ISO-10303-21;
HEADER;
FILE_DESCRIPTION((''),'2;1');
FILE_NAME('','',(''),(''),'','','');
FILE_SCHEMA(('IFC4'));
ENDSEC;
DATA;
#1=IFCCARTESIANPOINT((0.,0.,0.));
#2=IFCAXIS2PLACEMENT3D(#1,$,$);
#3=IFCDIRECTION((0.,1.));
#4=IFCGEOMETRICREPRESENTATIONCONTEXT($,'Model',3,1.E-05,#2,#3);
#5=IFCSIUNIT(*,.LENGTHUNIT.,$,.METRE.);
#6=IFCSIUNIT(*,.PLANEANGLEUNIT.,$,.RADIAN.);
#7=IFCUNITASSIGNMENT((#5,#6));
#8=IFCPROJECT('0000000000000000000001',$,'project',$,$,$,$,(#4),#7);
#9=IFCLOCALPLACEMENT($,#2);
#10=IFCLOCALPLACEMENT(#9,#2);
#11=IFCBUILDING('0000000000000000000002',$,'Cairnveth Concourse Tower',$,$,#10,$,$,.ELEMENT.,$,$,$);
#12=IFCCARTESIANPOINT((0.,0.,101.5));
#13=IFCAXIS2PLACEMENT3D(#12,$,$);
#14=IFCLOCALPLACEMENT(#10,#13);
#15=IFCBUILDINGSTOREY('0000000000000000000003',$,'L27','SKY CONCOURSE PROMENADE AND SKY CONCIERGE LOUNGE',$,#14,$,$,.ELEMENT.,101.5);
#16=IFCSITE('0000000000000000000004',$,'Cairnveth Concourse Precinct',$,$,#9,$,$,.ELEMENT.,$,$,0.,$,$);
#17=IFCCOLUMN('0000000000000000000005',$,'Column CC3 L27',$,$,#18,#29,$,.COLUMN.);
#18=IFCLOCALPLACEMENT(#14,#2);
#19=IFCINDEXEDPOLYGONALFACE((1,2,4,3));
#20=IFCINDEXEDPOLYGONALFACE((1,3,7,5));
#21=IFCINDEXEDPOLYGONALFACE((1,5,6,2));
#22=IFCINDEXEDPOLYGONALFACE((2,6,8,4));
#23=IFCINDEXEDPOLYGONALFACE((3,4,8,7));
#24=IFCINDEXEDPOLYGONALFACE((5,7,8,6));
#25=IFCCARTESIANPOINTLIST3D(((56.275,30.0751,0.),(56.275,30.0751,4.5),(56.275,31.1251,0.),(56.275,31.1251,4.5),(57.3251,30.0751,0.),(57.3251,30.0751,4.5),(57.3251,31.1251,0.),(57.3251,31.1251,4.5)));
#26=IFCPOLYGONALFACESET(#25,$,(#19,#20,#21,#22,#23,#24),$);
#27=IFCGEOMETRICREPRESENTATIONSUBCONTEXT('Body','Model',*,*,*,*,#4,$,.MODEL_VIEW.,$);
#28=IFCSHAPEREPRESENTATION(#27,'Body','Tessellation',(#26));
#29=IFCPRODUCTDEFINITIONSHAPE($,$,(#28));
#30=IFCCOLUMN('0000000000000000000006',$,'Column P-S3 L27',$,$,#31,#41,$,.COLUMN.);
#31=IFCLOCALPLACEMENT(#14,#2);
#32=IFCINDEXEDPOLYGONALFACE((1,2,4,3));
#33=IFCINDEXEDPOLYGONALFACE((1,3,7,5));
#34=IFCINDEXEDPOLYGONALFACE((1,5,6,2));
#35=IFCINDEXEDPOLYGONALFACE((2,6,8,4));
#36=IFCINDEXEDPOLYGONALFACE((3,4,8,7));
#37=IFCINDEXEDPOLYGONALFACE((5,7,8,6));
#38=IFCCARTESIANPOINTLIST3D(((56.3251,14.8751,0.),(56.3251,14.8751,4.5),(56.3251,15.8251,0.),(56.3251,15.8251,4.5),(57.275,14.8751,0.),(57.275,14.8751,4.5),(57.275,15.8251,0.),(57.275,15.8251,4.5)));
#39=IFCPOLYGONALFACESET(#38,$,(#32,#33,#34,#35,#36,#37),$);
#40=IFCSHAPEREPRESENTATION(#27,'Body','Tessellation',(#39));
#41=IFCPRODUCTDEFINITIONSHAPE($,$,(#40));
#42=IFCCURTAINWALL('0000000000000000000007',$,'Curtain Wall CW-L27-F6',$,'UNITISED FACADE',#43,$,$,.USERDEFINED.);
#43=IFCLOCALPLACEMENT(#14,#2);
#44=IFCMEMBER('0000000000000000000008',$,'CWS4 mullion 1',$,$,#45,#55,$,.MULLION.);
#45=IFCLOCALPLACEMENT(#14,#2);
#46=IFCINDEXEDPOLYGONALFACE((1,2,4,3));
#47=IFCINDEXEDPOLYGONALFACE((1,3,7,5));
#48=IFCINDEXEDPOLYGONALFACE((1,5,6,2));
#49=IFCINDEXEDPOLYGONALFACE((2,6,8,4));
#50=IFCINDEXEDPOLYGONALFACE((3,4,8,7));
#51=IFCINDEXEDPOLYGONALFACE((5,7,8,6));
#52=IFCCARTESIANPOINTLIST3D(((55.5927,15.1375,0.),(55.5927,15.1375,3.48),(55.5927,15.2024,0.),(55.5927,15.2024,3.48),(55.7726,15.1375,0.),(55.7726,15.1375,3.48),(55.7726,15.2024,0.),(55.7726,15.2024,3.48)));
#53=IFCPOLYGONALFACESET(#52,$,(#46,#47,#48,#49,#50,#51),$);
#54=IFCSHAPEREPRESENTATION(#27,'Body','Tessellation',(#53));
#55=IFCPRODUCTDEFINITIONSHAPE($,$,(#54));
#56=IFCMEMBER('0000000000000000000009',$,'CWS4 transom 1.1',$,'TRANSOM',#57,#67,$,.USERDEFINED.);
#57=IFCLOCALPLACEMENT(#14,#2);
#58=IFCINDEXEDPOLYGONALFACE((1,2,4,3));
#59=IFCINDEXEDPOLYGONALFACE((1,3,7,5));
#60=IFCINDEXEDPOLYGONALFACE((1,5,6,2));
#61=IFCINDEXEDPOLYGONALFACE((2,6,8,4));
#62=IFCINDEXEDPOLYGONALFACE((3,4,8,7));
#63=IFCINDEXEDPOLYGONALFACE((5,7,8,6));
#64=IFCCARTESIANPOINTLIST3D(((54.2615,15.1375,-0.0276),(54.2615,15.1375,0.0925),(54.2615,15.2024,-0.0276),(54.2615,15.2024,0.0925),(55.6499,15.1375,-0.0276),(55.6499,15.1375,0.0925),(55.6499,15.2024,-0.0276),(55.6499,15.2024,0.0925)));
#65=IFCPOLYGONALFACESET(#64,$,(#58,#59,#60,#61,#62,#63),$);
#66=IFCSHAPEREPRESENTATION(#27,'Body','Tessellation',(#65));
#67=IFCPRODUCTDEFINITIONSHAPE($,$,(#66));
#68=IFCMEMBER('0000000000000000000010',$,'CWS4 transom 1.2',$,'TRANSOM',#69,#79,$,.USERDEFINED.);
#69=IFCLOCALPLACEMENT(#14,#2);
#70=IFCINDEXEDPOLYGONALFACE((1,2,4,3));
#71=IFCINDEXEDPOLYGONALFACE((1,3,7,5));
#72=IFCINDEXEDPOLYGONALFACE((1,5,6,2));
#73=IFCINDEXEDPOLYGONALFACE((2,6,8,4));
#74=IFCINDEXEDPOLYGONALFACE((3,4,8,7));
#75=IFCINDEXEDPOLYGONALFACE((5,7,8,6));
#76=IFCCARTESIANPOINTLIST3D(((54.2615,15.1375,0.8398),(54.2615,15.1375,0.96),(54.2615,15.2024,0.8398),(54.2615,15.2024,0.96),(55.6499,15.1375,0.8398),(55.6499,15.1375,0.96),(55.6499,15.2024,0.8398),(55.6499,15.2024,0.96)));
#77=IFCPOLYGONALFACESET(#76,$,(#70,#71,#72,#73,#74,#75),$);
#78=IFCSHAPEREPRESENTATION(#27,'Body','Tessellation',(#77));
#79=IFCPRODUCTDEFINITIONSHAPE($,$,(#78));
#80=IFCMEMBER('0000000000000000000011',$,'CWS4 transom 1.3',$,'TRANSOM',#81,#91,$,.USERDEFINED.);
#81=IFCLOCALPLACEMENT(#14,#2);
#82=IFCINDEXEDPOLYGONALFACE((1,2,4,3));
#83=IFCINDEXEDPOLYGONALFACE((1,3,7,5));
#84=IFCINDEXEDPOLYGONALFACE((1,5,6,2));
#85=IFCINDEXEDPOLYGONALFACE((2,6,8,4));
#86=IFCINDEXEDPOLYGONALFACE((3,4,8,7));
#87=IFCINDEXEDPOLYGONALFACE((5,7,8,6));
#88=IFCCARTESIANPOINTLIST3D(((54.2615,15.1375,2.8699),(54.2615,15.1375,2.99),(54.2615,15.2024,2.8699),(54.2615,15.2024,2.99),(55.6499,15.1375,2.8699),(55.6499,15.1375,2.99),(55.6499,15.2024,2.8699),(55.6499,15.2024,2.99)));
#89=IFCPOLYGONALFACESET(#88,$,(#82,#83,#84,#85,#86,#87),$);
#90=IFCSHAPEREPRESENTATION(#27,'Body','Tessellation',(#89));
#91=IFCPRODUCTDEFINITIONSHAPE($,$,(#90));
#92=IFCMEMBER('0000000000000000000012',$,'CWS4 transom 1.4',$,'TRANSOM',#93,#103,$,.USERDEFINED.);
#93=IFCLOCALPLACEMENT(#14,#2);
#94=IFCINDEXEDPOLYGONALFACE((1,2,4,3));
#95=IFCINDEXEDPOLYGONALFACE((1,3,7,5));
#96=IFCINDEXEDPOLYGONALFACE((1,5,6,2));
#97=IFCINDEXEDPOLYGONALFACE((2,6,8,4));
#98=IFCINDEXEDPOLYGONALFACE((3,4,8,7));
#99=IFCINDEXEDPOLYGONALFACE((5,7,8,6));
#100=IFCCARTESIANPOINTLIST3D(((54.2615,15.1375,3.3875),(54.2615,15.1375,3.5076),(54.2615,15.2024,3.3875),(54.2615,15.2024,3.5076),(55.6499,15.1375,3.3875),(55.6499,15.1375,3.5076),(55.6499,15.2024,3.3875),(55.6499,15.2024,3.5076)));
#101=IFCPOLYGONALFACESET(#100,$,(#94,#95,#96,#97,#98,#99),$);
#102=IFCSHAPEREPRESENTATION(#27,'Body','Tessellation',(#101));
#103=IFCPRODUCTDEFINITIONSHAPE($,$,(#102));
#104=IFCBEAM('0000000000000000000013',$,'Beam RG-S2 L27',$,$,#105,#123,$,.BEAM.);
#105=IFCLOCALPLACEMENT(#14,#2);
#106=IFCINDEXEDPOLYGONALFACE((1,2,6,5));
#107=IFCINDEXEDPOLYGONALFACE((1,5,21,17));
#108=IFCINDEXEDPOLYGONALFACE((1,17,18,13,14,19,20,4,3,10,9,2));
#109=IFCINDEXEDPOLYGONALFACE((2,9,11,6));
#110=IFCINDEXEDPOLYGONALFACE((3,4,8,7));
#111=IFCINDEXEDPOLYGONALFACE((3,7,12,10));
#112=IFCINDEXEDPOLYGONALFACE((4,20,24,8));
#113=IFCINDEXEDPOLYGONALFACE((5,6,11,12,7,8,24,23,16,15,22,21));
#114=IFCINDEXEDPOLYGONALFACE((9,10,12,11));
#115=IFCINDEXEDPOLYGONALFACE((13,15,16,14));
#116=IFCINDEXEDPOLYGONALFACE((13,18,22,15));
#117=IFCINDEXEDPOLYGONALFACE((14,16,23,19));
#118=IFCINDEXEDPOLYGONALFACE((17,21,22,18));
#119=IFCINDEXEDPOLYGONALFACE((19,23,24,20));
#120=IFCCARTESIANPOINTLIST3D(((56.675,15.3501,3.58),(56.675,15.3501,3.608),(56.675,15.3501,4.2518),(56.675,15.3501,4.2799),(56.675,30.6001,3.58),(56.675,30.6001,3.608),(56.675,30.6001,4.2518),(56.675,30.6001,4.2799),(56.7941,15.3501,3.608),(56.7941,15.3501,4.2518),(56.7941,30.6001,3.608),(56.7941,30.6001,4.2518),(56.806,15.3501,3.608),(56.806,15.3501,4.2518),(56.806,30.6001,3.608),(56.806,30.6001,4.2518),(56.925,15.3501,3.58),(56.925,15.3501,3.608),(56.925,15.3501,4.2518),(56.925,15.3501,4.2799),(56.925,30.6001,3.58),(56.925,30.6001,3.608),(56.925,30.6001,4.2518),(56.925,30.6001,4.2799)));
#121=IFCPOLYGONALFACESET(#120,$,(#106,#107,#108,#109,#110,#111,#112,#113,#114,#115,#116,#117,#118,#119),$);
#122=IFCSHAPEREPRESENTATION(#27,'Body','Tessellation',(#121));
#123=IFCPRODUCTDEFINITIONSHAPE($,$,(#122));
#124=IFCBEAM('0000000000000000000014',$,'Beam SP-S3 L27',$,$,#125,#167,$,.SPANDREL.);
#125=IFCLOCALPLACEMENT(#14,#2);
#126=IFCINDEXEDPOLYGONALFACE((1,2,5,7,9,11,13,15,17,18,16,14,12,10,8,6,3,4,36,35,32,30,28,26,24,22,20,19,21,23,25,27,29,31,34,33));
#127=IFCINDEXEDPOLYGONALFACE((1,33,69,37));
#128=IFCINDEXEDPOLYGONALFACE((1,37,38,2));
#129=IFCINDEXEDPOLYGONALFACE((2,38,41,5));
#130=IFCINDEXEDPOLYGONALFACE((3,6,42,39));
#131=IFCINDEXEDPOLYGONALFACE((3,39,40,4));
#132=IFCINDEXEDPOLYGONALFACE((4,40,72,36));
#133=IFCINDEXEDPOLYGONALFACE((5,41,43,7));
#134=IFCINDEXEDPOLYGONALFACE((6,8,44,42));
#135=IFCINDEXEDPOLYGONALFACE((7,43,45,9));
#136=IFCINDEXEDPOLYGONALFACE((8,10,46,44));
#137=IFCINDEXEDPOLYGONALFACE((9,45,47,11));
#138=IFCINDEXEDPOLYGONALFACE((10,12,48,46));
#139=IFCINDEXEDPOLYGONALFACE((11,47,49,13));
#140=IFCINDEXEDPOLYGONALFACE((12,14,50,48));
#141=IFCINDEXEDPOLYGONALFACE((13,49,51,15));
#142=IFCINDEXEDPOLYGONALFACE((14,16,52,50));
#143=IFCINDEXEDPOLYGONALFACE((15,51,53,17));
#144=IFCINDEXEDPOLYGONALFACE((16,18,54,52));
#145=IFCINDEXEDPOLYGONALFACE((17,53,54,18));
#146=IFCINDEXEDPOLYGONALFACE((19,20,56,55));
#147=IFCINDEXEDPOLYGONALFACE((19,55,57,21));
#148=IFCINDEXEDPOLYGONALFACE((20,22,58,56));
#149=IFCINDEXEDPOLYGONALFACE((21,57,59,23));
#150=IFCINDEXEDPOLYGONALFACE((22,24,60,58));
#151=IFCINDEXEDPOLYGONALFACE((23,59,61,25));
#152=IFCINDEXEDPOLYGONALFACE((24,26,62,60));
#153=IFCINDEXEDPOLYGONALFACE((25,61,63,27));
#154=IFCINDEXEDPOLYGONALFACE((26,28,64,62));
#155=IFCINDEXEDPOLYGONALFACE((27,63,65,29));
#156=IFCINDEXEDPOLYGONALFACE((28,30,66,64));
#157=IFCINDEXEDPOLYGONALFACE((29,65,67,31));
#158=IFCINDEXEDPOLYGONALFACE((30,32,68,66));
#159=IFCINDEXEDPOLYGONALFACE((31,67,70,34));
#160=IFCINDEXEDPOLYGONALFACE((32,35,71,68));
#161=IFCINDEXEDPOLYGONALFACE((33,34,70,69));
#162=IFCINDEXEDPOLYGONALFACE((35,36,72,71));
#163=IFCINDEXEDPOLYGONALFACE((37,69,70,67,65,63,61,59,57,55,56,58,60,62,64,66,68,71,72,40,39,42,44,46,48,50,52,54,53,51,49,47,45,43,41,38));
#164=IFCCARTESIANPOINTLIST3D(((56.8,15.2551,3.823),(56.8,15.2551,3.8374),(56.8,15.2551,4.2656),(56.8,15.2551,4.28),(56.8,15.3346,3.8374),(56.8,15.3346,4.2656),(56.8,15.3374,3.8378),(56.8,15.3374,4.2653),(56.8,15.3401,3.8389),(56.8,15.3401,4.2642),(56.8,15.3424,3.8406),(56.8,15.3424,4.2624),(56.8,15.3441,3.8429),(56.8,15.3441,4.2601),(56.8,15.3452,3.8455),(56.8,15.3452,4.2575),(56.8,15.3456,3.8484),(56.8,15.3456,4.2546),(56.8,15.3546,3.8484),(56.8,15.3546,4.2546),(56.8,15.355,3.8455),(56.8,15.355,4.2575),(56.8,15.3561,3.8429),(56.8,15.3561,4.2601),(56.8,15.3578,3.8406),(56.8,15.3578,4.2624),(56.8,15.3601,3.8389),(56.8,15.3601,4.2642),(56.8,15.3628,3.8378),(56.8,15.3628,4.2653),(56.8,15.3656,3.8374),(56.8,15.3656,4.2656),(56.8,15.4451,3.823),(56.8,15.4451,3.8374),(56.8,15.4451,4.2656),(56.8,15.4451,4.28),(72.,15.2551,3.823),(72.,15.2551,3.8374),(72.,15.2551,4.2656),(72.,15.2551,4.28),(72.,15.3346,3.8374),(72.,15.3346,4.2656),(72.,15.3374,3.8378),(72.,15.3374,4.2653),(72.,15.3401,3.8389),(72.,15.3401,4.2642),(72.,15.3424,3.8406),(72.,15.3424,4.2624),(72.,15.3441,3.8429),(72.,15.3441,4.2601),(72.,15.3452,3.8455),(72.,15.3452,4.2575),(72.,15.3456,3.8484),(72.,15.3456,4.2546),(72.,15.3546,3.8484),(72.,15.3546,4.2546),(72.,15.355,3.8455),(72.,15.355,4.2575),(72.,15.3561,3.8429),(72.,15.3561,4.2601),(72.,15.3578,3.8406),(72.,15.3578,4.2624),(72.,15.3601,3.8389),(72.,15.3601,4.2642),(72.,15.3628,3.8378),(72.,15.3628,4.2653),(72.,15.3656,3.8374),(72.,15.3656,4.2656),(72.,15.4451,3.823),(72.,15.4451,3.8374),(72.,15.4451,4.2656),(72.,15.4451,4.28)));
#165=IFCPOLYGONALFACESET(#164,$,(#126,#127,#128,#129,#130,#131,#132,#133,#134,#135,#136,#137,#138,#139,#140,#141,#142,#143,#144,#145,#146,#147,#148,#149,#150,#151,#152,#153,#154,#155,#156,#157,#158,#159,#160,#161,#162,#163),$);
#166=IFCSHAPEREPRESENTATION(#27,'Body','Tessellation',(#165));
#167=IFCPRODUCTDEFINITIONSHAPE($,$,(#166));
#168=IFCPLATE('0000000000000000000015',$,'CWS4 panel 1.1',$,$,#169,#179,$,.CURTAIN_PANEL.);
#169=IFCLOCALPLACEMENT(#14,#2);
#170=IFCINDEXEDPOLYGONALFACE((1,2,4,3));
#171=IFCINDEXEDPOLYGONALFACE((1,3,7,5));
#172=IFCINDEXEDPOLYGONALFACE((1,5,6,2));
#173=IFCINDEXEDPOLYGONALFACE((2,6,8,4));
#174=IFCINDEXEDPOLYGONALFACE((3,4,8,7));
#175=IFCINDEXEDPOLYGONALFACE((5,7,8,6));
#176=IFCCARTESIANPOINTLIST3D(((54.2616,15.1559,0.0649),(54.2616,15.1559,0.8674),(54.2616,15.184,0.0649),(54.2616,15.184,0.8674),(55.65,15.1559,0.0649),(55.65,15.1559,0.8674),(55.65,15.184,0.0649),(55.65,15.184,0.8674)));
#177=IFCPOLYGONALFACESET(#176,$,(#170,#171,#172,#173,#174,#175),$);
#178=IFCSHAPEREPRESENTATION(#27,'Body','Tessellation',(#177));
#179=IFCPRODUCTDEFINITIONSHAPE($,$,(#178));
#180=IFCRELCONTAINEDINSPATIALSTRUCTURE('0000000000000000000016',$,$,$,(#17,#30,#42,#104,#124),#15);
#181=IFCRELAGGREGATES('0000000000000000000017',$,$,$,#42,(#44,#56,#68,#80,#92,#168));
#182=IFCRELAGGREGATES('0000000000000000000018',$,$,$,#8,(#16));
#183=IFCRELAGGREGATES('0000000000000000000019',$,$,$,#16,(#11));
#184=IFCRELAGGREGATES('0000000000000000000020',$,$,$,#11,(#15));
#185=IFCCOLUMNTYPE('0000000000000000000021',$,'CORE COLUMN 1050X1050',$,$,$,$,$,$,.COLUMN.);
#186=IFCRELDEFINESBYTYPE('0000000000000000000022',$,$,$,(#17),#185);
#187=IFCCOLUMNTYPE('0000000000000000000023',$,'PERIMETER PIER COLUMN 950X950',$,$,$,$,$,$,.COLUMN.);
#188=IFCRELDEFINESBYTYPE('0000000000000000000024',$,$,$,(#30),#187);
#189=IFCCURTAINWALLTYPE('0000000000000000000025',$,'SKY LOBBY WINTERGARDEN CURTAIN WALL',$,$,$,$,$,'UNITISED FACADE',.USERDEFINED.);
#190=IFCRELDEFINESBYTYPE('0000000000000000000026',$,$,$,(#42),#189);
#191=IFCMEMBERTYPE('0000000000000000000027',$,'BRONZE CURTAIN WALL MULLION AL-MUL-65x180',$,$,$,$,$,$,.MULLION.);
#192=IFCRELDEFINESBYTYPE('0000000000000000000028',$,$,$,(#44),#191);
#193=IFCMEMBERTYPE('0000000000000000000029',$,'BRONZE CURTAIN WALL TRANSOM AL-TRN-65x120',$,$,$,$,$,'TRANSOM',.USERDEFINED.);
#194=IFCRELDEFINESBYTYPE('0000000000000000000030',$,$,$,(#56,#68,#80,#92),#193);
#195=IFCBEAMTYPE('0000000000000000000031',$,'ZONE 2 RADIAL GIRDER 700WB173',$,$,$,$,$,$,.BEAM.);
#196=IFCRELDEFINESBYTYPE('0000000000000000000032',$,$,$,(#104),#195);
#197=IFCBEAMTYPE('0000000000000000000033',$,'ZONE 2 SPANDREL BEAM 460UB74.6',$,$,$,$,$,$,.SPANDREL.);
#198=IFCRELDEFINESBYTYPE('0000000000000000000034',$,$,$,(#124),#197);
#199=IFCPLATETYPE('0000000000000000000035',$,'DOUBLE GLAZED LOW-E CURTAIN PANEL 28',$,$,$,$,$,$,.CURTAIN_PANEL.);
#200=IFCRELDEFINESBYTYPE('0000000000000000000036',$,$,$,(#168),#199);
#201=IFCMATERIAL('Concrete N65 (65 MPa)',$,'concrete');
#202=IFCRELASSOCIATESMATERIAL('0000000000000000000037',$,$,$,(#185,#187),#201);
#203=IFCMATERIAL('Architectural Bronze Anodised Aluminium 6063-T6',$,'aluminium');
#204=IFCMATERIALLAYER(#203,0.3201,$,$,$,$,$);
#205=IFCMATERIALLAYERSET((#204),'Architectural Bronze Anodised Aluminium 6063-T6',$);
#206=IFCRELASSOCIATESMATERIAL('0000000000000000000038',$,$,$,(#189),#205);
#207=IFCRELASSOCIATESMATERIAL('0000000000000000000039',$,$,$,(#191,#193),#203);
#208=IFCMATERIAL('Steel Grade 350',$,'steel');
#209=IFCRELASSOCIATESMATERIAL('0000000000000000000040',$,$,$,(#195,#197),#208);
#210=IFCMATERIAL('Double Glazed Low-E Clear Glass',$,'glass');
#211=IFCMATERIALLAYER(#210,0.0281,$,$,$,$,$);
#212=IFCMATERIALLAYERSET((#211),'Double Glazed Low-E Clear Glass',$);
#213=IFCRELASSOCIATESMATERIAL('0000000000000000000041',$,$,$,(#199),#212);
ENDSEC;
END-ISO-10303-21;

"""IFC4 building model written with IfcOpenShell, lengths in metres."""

from ifc_helpers import new_model, si_unit, direction, frame, origin, origin_2d, place, context, subcontext, project, spatial, rectangle, i_section, extrude, material, layer, layer_set, material_profile, profile_set, type_object, element, aggregate, save


model = new_model("IFC4")

# Units and contexts
model_context = context("Model", 3, precision=1e-05, world=origin(), true_north=direction((0.0, 1.0)))
body_context = subcontext(model_context, "Body", "Model", "MODEL_VIEW")
ifc_project = project(units=[si_unit("LENGTHUNIT", "METRE"), si_unit("PLANEANGLEUNIT", "RADIAN")], contexts=[model_context])

# Site, building, storey
site_placement = place(None, origin())
site = spatial("IfcSite", under=ifc_project, at=site_placement, Name="Cairnveth Concourse Precinct", CompositionType="ELEMENT", RefElevation=0.0)
building_placement = place(site_placement, origin())
building = spatial("IfcBuilding", under=site, at=building_placement, Name="Cairnveth Concourse Tower", CompositionType="ELEMENT")
storey_placement = place(building_placement, frame((0.0, 0.0, 101.5)))
storey = spatial("IfcBuildingStorey", under=building, at=storey_placement, Name="L27", Description="SKY CONCOURSE PROMENADE AND SKY CONCIERGE LOUNGE", CompositionType="ELEMENT", Elevation=101.5)

# Columns
ifc_material_1 = material(Name="Concrete N65 (65 MPa)", Category="concrete")
ifc_material_profile_1 = material_profile(ifc_material_1, rectangle(XDim=1.05, YDim=1.05, at=origin_2d()), Name="RC-COL-1050x1050")
ifc_profile_set_1 = profile_set([ifc_material_profile_1], Name="Concrete N65 (65 MPa)")
column_type_1 = type_object("IfcColumnType", Name="CORE COLUMN 1050X1050", PredefinedType="COLUMN", material=ifc_profile_set_1)
column_1_placement = place(storey_placement, frame((56.8, 30.6001, 0.0), z_axis=(0.0, 0.0, 1.0), x_axis=(1.0, 0.0, 0.0)))
element("IfcColumn", 1, at=column_1_placement, inside=storey, type_object=column_type_1, Name="Column CC3 L27", PredefinedType="COLUMN", context=body_context, shape_type="SweptSolid", body=[
    extrude(rectangle(XDim=1.05, YDim=1.05, at=origin_2d()), origin(), (0.0, 0.0, 1.0), 4.5),
])
ifc_material_profile_2 = material_profile(ifc_material_1, rectangle(XDim=0.95, YDim=0.95, at=origin_2d()), Name="RC-COL-950x950")
ifc_profile_set_2 = profile_set([ifc_material_profile_2], Name="Concrete N65 (65 MPa)")
column_type_2 = type_object("IfcColumnType", Name="PERIMETER PIER COLUMN 950X950", PredefinedType="COLUMN", material=ifc_profile_set_2)
column_2_placement = place(storey_placement, frame((56.8, 15.3501, 0.0), z_axis=(0.0, 0.0, 1.0), x_axis=(1.0, 0.0, 0.0)))
element("IfcColumn", 2, at=column_2_placement, inside=storey, type_object=column_type_2, Name="Column P-S3 L27", PredefinedType="COLUMN", context=body_context, shape_type="SweptSolid", body=[
    extrude(rectangle(XDim=0.95, YDim=0.95, at=origin_2d()), origin(), (0.0, 0.0, 1.0), 4.5),
])

# Curtain wall, members
ifc_material_2 = material(Name="Architectural Bronze Anodised Aluminium 6063-T6", Category="aluminium")
ifc_layer_1 = layer(ifc_material_2, 0.3201)
ifc_layer_set_1 = layer_set([ifc_layer_1], Name="Architectural Bronze Anodised Aluminium 6063-T6")
curtain_wall_type = type_object("IfcCurtainWallType", Name="SKY LOBBY WINTERGARDEN CURTAIN WALL", ElementType="UNITISED FACADE", PredefinedType="USERDEFINED", material=ifc_layer_set_1)
curtain_wall_placement = place(storey_placement, origin())
curtain_wall = element("IfcCurtainWall", 3, at=curtain_wall_placement, inside=storey, type_object=curtain_wall_type, Name="Curtain Wall CW-L27-F6", ObjectType="UNITISED FACADE", PredefinedType="USERDEFINED")
ifc_material_profile_3 = material_profile(ifc_material_2, rectangle(XDim=0.0649, YDim=0.1799, at=origin_2d()), Name="AL-MUL-65x180")
ifc_profile_set_3 = profile_set([ifc_material_profile_3], Name="Architectural Bronze Anodised Aluminium 6063-T6")
member_type_1 = type_object("IfcMemberType", Name="BRONZE CURTAIN WALL MULLION AL-MUL-65x180", PredefinedType="MULLION", material=ifc_profile_set_3)
member_1_placement = place(storey_placement, frame((55.6826, 15.1699, 0.0), z_axis=(0.0, 0.0, 1.0), x_axis=(0.0, -1.0, 0.0)))
member_1 = element("IfcMember", 4, at=member_1_placement, type_object=member_type_1, Name="CWS4 mullion 1", PredefinedType="MULLION", context=body_context, shape_type="SweptSolid", body=[
    extrude(rectangle(XDim=0.0649, YDim=0.1799, at=origin_2d()), origin(), (0.0, 0.0, 1.0), 3.48),
])
ifc_material_profile_4 = material_profile(ifc_material_2, rectangle(XDim=0.0649, YDim=0.1201, at=origin_2d()), Name="AL-TRN-65x120")
ifc_profile_set_4 = profile_set([ifc_material_profile_4], Name="Architectural Bronze Anodised Aluminium 6063-T6")
member_type_2 = type_object("IfcMemberType", Name="BRONZE CURTAIN WALL TRANSOM AL-TRN-65x120", ElementType="TRANSOM", PredefinedType="USERDEFINED", material=ifc_profile_set_4)
member_2_placement = place(storey_placement, frame((55.6499, 15.1699, 0.0325), z_axis=(-1.0, 0.0, 0.0), x_axis=(0.0, -1.0, 0.0)))
member_2 = element("IfcMember", 5, at=member_2_placement, type_object=member_type_2, Name="CWS4 transom 1.1", ObjectType="TRANSOM", PredefinedType="USERDEFINED", context=body_context, shape_type="SweptSolid", body=[
    extrude(rectangle(XDim=0.0649, YDim=0.1201, at=origin_2d()), origin(), (0.0, 0.0, 1.0), 1.3884),
])
member_3_placement = place(storey_placement, frame((55.6499, 15.1699, 0.8999), z_axis=(-1.0, 0.0, 0.0), x_axis=(0.0, -1.0, 0.0)))
member_3 = element("IfcMember", 6, at=member_3_placement, type_object=member_type_2, Name="CWS4 transom 1.2", ObjectType="TRANSOM", PredefinedType="USERDEFINED", context=body_context, shape_type="SweptSolid", body=[
    extrude(rectangle(XDim=0.0649, YDim=0.1201, at=origin_2d()), origin(), (0.0, 0.0, 1.0), 1.3884),
])
member_4_placement = place(storey_placement, frame((55.6499, 15.1699, 2.9299), z_axis=(-1.0, 0.0, 0.0), x_axis=(0.0, -1.0, 0.0)))
member_4 = element("IfcMember", 7, at=member_4_placement, type_object=member_type_2, Name="CWS4 transom 1.3", ObjectType="TRANSOM", PredefinedType="USERDEFINED", context=body_context, shape_type="SweptSolid", body=[
    extrude(rectangle(XDim=0.0649, YDim=0.1201, at=origin_2d()), origin(), (0.0, 0.0, 1.0), 1.3884),
])
member_5_placement = place(storey_placement, frame((55.6499, 15.1699, 3.4475), z_axis=(-1.0, 0.0, 0.0), x_axis=(0.0, -1.0, 0.0)))
member_5 = element("IfcMember", 8, at=member_5_placement, type_object=member_type_2, Name="CWS4 transom 1.4", ObjectType="TRANSOM", PredefinedType="USERDEFINED", context=body_context, shape_type="SweptSolid", body=[
    extrude(rectangle(XDim=0.0649, YDim=0.1201, at=origin_2d()), origin(), (0.0, 0.0, 1.0), 1.3884),
])

# Beams
ifc_material_3 = material(Name="Steel Grade 350", Category="steel")
ifc_material_profile_5 = material_profile(ifc_material_3, i_section(OverallWidth=0.25, OverallDepth=0.7, WebThickness=0.012, FlangeThickness=0.0281, at=origin_2d()), Name="700WB173")
ifc_profile_set_5 = profile_set([ifc_material_profile_5], Name="Steel Grade 350")
beam_type_1 = type_object("IfcBeamType", Name="ZONE 2 RADIAL GIRDER 700WB173", PredefinedType="BEAM", material=ifc_profile_set_5)
beam_1_placement = place(storey_placement, frame((56.8, 15.3501, 3.9299), z_axis=(0.0, 1.0, 0.0), x_axis=(-1.0, 0.0, 0.0)))
element("IfcBeam", 9, at=beam_1_placement, inside=storey, type_object=beam_type_1, Name="Beam RG-S2 L27", PredefinedType="BEAM", context=body_context, shape_type="SweptSolid", body=[
    extrude(i_section(OverallWidth=0.25, OverallDepth=0.7, WebThickness=0.012, FlangeThickness=0.0281, at=origin_2d()), origin(), (0.0, 0.0, 1.0), 15.25),
])
ifc_material_profile_6 = material_profile(ifc_material_3, i_section(OverallWidth=0.1899, OverallDepth=0.457, WebThickness=0.009, FlangeThickness=0.0144, FilletRadius=0.011, at=origin_2d()), Name="460UB74.6")
ifc_profile_set_6 = profile_set([ifc_material_profile_6], Name="Steel Grade 350")
beam_type_2 = type_object("IfcBeamType", Name="ZONE 2 SPANDREL BEAM 460UB74.6", PredefinedType="SPANDREL", material=ifc_profile_set_6)
beam_2_placement = place(storey_placement, frame((56.8, 15.3501, 4.0515), z_axis=(1.0, 0.0, 0.0), x_axis=(0.0, 1.0, 0.0)))
element("IfcBeam", 10, at=beam_2_placement, inside=storey, type_object=beam_type_2, Name="Beam SP-S3 L27", PredefinedType="SPANDREL", context=body_context, shape_type="SweptSolid", body=[
    extrude(i_section(OverallWidth=0.1899, OverallDepth=0.457, WebThickness=0.009, FlangeThickness=0.0144, FilletRadius=0.011, at=origin_2d()), origin(), (0.0, 0.0, 1.0), 15.2),
])

# Plate
ifc_material_4 = material(Name="Double Glazed Low-E Clear Glass", Category="glass")
ifc_layer_2 = layer(ifc_material_4, 0.0281)
ifc_layer_set_2 = layer_set([ifc_layer_2], Name="Double Glazed Low-E Clear Glass")
plate_type = type_object("IfcPlateType", Name="DOUBLE GLAZED LOW-E CURTAIN PANEL 28", PredefinedType="CURTAIN_PANEL", material=ifc_layer_set_2)
plate_1_placement = place(storey_placement, frame((54.9558, 15.1699, 0.0649), z_axis=(0.0, 0.0, 1.0), x_axis=(-1.0, 0.0, 0.0)))
plate_1 = element("IfcPlate", 11, at=plate_1_placement, type_object=plate_type, Name="CWS4 panel 1.1", PredefinedType="CURTAIN_PANEL", context=body_context, shape_type="SweptSolid", body=[
    extrude(rectangle(XDim=1.3884, YDim=0.0281, at=origin_2d()), origin(), (0.0, 0.0, 1.0), 0.8025),
])
aggregate(curtain_wall, [member_1, member_2, member_3, member_4, member_5, plate_1])

save(model, "model.ifc")
